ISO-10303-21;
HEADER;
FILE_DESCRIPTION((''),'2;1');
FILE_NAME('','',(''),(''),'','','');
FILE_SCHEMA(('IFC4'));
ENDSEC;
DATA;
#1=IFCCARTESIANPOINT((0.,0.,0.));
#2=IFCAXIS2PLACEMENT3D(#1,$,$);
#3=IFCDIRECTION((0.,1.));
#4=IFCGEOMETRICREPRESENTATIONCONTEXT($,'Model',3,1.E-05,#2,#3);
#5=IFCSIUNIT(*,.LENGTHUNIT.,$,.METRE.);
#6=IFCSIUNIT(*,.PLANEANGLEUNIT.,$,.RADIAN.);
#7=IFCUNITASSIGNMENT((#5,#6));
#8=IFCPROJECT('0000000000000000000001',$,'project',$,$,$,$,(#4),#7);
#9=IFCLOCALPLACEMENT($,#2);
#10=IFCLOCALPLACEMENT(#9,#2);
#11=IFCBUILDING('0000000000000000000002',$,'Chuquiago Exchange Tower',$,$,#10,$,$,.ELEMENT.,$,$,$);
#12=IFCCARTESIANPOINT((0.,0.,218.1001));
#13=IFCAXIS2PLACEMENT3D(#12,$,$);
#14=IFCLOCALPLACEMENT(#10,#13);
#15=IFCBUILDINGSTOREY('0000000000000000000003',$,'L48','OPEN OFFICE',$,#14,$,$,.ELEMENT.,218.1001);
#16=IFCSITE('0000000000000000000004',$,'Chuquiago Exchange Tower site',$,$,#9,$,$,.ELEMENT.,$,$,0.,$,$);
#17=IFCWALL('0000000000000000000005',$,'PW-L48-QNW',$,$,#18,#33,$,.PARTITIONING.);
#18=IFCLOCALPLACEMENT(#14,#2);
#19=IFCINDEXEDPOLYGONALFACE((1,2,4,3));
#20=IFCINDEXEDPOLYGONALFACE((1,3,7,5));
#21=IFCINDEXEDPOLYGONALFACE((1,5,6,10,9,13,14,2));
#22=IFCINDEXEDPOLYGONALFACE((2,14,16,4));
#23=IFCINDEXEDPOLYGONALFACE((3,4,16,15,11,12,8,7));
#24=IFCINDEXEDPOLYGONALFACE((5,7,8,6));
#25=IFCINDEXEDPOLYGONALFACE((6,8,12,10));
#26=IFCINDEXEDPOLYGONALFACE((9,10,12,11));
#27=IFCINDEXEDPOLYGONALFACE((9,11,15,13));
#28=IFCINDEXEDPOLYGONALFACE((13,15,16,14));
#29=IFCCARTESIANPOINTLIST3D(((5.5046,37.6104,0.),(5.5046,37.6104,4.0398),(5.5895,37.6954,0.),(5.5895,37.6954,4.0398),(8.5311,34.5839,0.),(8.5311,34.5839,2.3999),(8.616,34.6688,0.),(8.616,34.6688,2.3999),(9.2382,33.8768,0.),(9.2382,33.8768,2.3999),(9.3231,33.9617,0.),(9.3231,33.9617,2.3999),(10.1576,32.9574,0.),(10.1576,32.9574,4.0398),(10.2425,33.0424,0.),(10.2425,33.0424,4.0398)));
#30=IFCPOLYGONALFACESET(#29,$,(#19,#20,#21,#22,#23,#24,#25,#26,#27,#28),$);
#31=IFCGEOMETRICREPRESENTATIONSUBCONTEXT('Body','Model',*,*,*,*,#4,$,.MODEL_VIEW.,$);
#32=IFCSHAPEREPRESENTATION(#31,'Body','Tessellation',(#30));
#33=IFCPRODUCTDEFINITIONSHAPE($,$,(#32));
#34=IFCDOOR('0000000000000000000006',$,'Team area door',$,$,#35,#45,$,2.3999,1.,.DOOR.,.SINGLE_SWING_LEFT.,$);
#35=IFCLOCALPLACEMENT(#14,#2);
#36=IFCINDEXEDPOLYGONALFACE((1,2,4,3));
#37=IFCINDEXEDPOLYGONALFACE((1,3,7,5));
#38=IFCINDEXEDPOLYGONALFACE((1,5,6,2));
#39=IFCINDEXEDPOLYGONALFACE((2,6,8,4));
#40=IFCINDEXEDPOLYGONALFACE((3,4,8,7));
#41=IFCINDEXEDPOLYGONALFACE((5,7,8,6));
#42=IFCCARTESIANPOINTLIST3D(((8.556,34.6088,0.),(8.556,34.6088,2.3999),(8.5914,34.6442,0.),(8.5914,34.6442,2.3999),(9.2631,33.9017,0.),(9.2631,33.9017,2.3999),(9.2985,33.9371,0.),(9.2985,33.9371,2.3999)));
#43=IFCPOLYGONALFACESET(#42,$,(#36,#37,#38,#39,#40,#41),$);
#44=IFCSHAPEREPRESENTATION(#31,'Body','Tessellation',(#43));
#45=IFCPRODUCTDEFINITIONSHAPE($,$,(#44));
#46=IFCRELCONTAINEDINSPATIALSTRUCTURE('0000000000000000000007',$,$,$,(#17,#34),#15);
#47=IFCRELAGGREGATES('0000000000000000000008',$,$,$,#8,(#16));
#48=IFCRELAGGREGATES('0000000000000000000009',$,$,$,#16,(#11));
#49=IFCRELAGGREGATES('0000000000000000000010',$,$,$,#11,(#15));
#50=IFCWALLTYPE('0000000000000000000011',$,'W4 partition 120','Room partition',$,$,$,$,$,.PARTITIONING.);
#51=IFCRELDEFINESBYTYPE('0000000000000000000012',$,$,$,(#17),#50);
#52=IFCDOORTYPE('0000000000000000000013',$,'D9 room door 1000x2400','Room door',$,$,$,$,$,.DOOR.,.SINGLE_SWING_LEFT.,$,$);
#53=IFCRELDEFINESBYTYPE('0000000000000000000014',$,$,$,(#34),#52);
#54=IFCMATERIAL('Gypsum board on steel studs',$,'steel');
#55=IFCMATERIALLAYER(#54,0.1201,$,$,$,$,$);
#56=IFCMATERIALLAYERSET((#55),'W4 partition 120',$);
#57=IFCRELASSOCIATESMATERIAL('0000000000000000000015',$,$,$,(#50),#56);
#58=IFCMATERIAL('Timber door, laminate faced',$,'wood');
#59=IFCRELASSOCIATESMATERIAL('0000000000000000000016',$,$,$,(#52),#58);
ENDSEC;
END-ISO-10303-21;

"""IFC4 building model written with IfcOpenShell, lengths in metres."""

from ifc_helpers import new_model, si_unit, direction, frame, frame_2d, origin, place, context, subcontext, project, spatial, rectangle, extrude, material, layer, layer_set, type_object, element, fill, save


model = new_model("IFC4")

# Units and contexts
model_context = context("Model", 3, precision=1e-05, world=origin(), true_north=direction((0.0, 1.0)))
body_context = subcontext(model_context, "Body", "Model", "MODEL_VIEW")
ifc_project = project(units=[si_unit("LENGTHUNIT", "METRE"), si_unit("PLANEANGLEUNIT", "RADIAN")], contexts=[model_context])

# Site, building, storey
site_placement = place(None, origin())
site = spatial("IfcSite", under=ifc_project, at=site_placement, Name="Chuquiago Exchange Tower site", CompositionType="ELEMENT", RefElevation=0.0)
building_placement = place(site_placement, origin())
building = spatial("IfcBuilding", under=site, at=building_placement, Name="Chuquiago Exchange Tower", CompositionType="ELEMENT")
storey_placement = place(building_placement, frame((0.0, 0.0, 218.1001)))
storey = spatial("IfcBuildingStorey", under=building, at=storey_placement, Name="L48", Description="OPEN OFFICE", CompositionType="ELEMENT", Elevation=218.1001)

# Shared definitions
ifc_material_1 = material(Name="Gypsum board on steel studs", Category="steel")
ifc_layer_1 = layer(ifc_material_1, 0.1201)
ifc_layer_set_1 = layer_set([ifc_layer_1], Name="W4 partition 120")
wall_type_1 = type_object("IfcWallType", Name="W4 partition 120", Description="Room partition", PredefinedType="PARTITIONING", material=ifc_layer_set_1)

# Wall, opening, door
wall_1_placement = place(storey_placement, frame((10.2, 33.0, 0.0), z_axis=(0.0, 0.0, 1.0), x_axis=(-0.707107, 0.707107, 0.0)))
wall_1 = element("IfcWall", 1, at=wall_1_placement, inside=storey, type_object=wall_type_1, Name="PW-L48-QNW", PredefinedType="PARTITIONING", context=body_context, shape_type="SweptSolid", body=[
    extrude(rectangle(XDim=6.5803, YDim=0.1201, at=frame_2d((3.29, 0.0))), origin(), (0.0, 0.0, 1.0), 4.0398),
])
opening_placement = place(wall_1_placement, frame((1.3, 0.0, 0.0)))
opening = element("IfcOpeningElement", 2, at=opening_placement, cuts=wall_1, PredefinedType="OPENING", context=body_context, shape_type="SweptSolid", body=[
    extrude(rectangle(XDim=1.0, YDim=2.3999, at=frame_2d((0.5, 1.2))), frame((0.0, 0.0701, 0.0), z_axis=(0.0, -1.0, 0.0), x_axis=(1.0, 0.0, 0.0)), (0.0, 0.0, 1.0), 0.1401),
])
ifc_material_2 = material(Name="Timber door, laminate faced", Category="wood")
door_type = type_object("IfcDoorType", Name="D9 room door 1000x2400", Description="Room door", OperationType="SINGLE_SWING_LEFT", PredefinedType="DOOR", material=ifc_material_2)
door_placement = place(opening_placement, origin())
door = element("IfcDoor", 3, at=door_placement, inside=storey, type_object=door_type, Name="Team area door", OperationType="SINGLE_SWING_LEFT", OverallHeight=2.3999, OverallWidth=1.0, PredefinedType="DOOR", context=body_context, shape_type="SweptSolid", body=[
    extrude(rectangle(XDim=1.0, YDim=2.3999, at=frame_2d((0.5, 1.2))), frame((0.0, 0.0249, 0.0), z_axis=(0.0, -1.0, 0.0), x_axis=(1.0, 0.0, 0.0)), (0.0, 0.0, 1.0), 0.05),
])
fill(opening, door)

save(model, "model.ifc")
